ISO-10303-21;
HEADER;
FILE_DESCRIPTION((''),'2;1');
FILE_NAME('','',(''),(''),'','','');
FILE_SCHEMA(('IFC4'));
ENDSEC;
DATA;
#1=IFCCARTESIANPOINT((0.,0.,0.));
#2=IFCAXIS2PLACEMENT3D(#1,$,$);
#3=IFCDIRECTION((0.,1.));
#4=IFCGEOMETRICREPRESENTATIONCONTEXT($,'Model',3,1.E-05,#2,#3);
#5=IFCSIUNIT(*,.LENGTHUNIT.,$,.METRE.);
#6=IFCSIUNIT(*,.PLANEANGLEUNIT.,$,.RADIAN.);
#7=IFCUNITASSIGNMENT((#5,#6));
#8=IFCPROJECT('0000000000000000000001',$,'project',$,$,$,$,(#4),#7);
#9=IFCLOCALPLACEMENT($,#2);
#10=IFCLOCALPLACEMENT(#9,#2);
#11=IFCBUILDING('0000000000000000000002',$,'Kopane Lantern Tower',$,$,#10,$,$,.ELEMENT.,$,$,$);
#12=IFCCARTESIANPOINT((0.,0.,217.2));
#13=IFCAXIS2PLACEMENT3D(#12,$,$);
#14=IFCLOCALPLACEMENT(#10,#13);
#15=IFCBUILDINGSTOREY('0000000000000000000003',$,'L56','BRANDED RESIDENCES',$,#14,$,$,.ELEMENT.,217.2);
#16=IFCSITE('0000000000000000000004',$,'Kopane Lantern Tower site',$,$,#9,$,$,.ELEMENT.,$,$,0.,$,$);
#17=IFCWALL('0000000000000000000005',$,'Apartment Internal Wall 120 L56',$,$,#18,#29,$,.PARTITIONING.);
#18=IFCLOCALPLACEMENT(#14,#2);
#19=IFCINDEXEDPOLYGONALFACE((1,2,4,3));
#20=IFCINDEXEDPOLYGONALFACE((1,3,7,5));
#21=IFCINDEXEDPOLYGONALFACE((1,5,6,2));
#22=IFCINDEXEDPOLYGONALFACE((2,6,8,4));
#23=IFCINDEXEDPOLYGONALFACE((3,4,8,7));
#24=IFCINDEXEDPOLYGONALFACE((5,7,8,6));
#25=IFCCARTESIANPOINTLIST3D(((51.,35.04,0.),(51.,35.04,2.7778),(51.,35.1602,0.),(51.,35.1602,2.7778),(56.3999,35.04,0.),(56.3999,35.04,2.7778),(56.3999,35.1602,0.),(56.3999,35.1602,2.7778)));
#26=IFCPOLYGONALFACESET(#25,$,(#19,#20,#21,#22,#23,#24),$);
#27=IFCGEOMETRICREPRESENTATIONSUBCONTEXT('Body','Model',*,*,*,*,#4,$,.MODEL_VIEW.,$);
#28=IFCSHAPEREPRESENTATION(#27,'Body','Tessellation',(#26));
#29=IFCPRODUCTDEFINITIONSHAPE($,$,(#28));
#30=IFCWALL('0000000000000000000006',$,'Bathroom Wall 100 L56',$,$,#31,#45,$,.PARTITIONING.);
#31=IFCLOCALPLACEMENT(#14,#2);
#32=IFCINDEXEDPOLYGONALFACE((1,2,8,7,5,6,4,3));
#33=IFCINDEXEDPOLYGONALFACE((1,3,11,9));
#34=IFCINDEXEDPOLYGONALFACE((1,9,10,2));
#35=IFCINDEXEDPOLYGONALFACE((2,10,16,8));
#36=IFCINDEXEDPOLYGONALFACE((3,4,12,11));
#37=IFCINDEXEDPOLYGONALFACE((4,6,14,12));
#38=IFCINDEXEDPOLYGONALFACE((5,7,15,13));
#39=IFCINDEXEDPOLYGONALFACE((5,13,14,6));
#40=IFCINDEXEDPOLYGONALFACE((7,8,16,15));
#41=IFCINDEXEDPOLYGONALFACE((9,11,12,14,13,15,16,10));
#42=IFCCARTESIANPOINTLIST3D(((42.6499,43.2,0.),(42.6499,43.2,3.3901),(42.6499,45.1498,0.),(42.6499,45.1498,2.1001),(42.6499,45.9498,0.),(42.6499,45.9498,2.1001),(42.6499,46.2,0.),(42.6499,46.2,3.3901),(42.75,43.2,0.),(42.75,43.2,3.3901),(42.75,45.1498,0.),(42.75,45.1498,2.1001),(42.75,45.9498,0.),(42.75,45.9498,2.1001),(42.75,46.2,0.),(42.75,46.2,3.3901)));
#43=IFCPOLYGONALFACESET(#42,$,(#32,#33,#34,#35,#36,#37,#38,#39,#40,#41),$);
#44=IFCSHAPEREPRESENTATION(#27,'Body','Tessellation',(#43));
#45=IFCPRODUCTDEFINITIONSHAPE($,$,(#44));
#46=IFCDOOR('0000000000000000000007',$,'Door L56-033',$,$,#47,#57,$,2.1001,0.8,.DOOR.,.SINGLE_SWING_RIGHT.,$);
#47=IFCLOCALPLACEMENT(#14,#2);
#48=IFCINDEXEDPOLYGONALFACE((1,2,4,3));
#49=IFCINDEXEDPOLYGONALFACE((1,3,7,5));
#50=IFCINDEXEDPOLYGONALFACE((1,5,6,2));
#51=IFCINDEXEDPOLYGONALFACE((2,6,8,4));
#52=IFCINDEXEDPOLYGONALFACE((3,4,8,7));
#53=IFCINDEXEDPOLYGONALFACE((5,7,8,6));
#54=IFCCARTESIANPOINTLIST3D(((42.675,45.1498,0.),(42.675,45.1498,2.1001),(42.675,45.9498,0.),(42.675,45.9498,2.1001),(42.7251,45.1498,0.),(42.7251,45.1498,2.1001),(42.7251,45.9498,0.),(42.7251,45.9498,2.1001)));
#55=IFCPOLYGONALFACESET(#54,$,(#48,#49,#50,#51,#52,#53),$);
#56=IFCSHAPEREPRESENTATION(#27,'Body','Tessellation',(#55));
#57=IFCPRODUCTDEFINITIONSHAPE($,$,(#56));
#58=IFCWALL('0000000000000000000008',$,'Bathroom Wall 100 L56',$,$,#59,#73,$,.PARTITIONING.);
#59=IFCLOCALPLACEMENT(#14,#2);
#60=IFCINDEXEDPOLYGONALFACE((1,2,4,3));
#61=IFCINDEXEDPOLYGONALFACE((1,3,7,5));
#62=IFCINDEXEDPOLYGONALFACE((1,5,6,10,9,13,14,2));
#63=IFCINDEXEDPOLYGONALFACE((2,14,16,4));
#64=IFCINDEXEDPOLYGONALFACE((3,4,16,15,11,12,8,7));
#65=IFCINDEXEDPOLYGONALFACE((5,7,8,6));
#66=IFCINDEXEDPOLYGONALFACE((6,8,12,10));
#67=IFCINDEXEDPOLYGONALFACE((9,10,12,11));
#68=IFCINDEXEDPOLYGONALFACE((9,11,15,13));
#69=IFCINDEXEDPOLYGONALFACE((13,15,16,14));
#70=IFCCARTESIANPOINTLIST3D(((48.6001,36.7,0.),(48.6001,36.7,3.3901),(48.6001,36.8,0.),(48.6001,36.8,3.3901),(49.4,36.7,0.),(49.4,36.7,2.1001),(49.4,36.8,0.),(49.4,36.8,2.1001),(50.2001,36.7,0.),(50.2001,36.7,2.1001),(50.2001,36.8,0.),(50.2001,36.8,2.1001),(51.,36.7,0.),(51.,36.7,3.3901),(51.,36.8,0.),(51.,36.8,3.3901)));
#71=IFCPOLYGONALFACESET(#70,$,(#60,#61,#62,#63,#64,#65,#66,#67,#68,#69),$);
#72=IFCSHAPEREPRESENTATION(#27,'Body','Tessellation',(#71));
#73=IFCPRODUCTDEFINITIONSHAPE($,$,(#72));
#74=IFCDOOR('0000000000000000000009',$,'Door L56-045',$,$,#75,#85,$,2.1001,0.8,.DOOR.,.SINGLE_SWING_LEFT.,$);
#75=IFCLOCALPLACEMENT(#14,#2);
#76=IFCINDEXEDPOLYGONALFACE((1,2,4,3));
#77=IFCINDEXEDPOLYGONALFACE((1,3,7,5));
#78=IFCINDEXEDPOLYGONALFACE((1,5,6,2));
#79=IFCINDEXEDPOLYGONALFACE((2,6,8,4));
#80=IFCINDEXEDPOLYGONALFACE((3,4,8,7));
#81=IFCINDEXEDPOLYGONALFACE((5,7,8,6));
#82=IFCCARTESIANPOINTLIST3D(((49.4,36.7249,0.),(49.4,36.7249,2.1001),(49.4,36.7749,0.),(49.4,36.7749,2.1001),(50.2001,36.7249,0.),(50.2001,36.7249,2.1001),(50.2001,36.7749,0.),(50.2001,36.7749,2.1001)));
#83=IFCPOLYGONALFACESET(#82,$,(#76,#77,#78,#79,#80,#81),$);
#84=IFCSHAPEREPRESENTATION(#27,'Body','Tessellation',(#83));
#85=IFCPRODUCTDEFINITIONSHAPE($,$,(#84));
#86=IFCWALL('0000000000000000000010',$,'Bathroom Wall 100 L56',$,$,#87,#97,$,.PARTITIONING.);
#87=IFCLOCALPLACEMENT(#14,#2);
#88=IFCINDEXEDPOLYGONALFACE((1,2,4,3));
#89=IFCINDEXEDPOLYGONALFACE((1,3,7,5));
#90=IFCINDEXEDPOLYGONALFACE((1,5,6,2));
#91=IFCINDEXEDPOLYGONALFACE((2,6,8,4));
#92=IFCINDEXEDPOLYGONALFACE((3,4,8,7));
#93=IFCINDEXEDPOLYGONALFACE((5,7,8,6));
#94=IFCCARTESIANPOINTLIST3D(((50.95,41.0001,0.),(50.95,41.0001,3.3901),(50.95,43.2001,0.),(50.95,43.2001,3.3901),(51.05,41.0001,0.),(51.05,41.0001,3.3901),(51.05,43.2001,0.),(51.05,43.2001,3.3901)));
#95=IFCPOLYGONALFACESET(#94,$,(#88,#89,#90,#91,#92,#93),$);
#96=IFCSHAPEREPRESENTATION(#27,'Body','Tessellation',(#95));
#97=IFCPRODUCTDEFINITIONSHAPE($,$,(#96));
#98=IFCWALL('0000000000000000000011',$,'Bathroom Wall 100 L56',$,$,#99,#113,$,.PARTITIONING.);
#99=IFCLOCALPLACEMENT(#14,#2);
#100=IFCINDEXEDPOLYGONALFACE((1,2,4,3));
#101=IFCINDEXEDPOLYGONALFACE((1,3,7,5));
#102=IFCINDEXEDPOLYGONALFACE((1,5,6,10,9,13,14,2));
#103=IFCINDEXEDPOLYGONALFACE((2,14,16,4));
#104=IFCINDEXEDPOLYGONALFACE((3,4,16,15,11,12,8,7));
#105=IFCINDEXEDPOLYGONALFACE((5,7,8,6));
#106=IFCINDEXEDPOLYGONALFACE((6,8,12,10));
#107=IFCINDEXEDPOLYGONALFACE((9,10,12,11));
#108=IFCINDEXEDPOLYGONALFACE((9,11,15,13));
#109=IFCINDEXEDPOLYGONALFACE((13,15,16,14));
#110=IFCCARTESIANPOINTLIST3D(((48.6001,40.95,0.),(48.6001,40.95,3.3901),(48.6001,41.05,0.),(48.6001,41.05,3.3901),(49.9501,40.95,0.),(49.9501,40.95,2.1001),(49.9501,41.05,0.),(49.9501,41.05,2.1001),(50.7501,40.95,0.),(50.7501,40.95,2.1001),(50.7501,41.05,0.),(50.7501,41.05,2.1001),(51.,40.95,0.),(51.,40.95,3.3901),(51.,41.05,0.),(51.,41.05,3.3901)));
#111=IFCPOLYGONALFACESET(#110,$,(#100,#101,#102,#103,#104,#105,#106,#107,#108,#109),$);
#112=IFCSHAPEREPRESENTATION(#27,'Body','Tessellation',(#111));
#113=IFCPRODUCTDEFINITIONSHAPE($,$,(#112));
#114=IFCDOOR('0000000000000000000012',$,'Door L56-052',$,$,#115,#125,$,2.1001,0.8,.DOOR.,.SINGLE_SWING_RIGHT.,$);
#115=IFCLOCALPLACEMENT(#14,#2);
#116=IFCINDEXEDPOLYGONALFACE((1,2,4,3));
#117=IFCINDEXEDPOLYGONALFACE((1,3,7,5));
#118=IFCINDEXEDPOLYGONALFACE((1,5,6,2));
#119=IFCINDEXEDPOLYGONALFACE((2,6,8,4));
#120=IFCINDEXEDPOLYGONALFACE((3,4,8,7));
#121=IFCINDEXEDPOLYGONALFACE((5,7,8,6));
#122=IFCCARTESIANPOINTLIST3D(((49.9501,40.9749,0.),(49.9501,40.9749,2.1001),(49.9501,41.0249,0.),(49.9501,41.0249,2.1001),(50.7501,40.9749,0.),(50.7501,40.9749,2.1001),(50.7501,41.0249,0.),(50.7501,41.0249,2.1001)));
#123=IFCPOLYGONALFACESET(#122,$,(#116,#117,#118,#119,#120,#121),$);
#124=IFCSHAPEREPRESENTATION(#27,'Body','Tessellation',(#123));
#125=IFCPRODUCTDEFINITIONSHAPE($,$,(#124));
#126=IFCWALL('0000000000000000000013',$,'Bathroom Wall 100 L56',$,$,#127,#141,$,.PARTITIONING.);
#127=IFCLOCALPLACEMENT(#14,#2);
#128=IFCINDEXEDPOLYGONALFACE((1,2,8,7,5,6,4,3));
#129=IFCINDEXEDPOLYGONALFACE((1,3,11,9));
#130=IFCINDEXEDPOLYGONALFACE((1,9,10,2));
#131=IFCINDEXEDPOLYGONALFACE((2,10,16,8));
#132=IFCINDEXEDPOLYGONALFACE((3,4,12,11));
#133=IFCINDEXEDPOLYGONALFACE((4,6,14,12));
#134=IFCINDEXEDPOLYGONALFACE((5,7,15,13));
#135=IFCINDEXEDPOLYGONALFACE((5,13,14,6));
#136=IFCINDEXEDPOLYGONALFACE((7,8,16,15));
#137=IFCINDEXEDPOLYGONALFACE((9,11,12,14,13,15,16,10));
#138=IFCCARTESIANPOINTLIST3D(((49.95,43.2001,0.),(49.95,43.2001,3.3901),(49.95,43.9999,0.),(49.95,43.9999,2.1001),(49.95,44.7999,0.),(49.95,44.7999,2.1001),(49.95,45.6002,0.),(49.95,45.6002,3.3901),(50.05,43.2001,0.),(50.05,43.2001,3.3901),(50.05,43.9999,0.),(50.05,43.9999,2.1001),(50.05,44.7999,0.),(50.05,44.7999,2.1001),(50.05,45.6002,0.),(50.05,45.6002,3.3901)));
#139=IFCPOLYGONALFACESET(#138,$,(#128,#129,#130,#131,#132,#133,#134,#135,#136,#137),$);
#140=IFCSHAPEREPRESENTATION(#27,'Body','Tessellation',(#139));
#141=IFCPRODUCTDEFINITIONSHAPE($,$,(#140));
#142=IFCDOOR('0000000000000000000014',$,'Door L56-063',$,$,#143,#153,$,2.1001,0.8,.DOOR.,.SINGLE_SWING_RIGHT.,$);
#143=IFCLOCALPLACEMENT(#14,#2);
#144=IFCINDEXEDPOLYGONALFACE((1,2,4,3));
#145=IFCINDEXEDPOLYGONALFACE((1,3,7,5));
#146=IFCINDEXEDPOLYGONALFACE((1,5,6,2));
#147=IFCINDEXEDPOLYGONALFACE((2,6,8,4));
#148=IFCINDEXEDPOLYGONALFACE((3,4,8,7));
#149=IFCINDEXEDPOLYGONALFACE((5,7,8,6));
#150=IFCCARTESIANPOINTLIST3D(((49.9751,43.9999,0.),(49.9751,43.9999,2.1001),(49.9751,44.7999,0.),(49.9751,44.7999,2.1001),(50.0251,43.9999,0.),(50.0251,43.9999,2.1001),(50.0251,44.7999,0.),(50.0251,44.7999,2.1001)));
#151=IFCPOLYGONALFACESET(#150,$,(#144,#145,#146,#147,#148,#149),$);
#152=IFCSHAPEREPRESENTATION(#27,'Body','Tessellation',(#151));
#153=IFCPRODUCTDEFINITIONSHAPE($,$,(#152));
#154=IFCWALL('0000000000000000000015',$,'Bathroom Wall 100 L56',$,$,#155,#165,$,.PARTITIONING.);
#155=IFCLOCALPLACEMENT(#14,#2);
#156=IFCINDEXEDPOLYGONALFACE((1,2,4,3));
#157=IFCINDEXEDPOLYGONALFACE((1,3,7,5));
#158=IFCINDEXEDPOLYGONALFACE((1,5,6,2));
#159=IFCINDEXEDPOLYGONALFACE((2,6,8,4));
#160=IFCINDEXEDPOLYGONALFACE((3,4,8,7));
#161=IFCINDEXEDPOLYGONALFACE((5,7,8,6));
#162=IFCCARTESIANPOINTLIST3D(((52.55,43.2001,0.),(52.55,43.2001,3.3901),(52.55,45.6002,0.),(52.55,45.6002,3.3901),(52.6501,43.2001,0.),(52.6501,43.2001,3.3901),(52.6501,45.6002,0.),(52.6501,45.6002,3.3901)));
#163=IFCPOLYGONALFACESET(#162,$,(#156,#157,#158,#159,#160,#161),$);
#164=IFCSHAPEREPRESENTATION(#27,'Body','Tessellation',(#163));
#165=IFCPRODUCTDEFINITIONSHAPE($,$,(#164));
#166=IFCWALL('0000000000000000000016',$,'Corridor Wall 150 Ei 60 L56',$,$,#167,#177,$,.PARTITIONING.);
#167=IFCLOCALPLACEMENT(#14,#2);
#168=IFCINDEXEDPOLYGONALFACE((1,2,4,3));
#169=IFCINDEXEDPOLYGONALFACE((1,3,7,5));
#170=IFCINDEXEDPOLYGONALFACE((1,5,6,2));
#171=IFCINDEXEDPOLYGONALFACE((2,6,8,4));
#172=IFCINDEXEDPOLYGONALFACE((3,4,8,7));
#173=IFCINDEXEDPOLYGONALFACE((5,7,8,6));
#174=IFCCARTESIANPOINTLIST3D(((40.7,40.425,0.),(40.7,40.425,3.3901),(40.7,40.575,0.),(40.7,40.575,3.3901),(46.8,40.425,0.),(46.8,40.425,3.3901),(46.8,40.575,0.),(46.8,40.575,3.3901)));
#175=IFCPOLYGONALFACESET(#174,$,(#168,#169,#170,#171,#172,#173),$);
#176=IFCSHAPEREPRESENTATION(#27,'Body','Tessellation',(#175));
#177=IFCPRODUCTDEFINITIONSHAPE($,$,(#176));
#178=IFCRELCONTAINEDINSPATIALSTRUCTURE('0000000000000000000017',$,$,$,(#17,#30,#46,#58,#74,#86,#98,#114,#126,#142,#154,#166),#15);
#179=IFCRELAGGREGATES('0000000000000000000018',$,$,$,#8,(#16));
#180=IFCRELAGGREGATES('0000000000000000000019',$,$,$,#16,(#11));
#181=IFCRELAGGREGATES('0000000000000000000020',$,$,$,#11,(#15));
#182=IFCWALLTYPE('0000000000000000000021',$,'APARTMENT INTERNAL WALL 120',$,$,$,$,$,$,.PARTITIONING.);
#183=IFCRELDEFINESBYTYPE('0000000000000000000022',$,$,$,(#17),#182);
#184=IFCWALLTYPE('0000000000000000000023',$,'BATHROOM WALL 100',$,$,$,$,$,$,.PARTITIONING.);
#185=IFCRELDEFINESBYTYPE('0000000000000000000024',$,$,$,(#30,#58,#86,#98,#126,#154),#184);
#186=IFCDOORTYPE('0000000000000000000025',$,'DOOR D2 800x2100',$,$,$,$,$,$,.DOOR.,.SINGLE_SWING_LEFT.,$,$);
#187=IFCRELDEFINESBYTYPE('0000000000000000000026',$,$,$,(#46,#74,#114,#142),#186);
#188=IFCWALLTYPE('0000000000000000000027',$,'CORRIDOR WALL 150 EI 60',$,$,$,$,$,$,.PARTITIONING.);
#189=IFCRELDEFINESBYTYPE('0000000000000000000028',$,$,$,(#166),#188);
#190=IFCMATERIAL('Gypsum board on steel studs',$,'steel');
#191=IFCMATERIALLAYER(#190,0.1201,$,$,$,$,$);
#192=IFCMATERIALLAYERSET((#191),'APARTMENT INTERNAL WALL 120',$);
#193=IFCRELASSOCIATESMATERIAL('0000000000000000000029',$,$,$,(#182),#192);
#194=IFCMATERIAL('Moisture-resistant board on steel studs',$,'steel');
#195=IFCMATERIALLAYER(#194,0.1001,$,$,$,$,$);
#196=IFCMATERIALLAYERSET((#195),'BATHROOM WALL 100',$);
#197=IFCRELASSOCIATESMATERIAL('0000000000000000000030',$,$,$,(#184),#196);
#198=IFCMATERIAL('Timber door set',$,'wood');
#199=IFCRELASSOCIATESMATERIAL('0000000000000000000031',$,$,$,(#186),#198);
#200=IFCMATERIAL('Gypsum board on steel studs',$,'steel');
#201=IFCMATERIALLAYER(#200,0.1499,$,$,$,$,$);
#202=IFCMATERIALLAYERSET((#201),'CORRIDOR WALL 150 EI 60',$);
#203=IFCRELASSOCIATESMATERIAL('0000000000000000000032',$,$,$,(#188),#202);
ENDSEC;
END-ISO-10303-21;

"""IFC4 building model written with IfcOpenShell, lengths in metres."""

from ifc_helpers import new_model, si_unit, direction, frame, frame_2d, origin, place, context, subcontext, project, spatial, rectangle, extrude, material, layer, layer_set, type_object, element, fill, save


model = new_model("IFC4")

# Units and contexts
model_context = context("Model", 3, precision=1e-05, world=origin(), true_north=direction((0.0, 1.0)))
body_context = subcontext(model_context, "Body", "Model", "MODEL_VIEW")
ifc_project = project(units=[si_unit("LENGTHUNIT", "METRE"), si_unit("PLANEANGLEUNIT", "RADIAN")], contexts=[model_context])

# Site, building, storey
site_placement = place(None, origin())
site = spatial("IfcSite", under=ifc_project, at=site_placement, Name="Kopane Lantern Tower site", CompositionType="ELEMENT", RefElevation=0.0)
building_placement = place(site_placement, origin())
building = spatial("IfcBuilding", under=site, at=building_placement, Name="Kopane Lantern Tower", CompositionType="ELEMENT")
storey_placement = place(building_placement, frame((0.0, 0.0, 217.2)))
storey = spatial("IfcBuildingStorey", under=building, at=storey_placement, Name="L56", Description="BRANDED RESIDENCES", CompositionType="ELEMENT", Elevation=217.2)

# Wall
ifc_material_1 = material(Name="Gypsum board on steel studs", Category="steel")
ifc_layer_1 = layer(ifc_material_1, 0.1201)
ifc_layer_set_1 = layer_set([ifc_layer_1], Name="APARTMENT INTERNAL WALL 120")
wall_type_1 = type_object("IfcWallType", Name="APARTMENT INTERNAL WALL 120", PredefinedType="PARTITIONING", material=ifc_layer_set_1)
wall_1_placement = place(storey_placement, frame((51.0, 35.1001, 0.0), z_axis=(0.0, 0.0, 1.0), x_axis=(1.0, 0.0, 0.0)))
element("IfcWall", 1, at=wall_1_placement, inside=storey, type_object=wall_type_1, Name="Apartment Internal Wall 120 L56", PredefinedType="PARTITIONING", context=body_context, shape_type="SweptSolid", body=[
    extrude(rectangle(XDim=5.3999, YDim=0.1201, at=frame_2d((2.7, 0.0))), origin(), (0.0, 0.0, 1.0), 2.7778),
])

# Walls, openings, doors
ifc_material_2 = material(Name="Moisture-resistant board on steel studs", Category="steel")
ifc_layer_2 = layer(ifc_material_2, 0.1001)
ifc_layer_set_2 = layer_set([ifc_layer_2], Name="BATHROOM WALL 100")
wall_type_2 = type_object("IfcWallType", Name="BATHROOM WALL 100", PredefinedType="PARTITIONING", material=ifc_layer_set_2)
wall_2_placement = place(storey_placement, frame((42.7, 43.2, 0.0), z_axis=(0.0, 0.0, 1.0), x_axis=(0.0, 1.0, 0.0)))
wall_2 = element("IfcWall", 2, at=wall_2_placement, inside=storey, type_object=wall_type_2, Name="Bathroom Wall 100 L56", PredefinedType="PARTITIONING", context=body_context, shape_type="SweptSolid", body=[
    extrude(rectangle(XDim=3.0, YDim=0.1001, at=frame_2d((1.5, 0.0))), origin(), (0.0, 0.0, 1.0), 3.3901),
])
opening_1_placement = place(wall_2_placement, frame((1.95, 0.0, 0.0)))
opening_1 = element("IfcOpeningElement", 3, at=opening_1_placement, cuts=wall_2, PredefinedType="OPENING", context=body_context, shape_type="SweptSolid", body=[
    extrude(rectangle(XDim=0.8, YDim=2.1001, at=frame_2d((0.3999, 1.05))), frame((0.0, 0.0601, 0.0), z_axis=(0.0, -1.0, 0.0), x_axis=(1.0, 0.0, 0.0)), (0.0, 0.0, 1.0), 0.1201),
])
ifc_material_3 = material(Name="Timber door set", Category="wood")
door_type = type_object("IfcDoorType", Name="DOOR D2 800x2100", OperationType="SINGLE_SWING_LEFT", PredefinedType="DOOR", material=ifc_material_3)
door_1_placement = place(opening_1_placement, origin())
door_1 = element("IfcDoor", 4, at=door_1_placement, inside=storey, type_object=door_type, Name="Door L56-033", OperationType="SINGLE_SWING_RIGHT", OverallHeight=2.1001, OverallWidth=0.8, PredefinedType="DOOR", context=body_context, shape_type="SweptSolid", body=[
    extrude(rectangle(XDim=0.8, YDim=2.1001, at=frame_2d((0.3999, 1.05))), frame((0.0, 0.0249, 0.0), z_axis=(0.0, -1.0, 0.0), x_axis=(1.0, 0.0, 0.0)), (0.0, 0.0, 1.0), 0.05),
])
fill(opening_1, door_1)
wall_3_placement = place(storey_placement, frame((48.6001, 36.75, 0.0), z_axis=(0.0, 0.0, 1.0), x_axis=(1.0, 0.0, 0.0)))
wall_3 = element("IfcWall", 5, at=wall_3_placement, inside=storey, type_object=wall_type_2, Name="Bathroom Wall 100 L56", PredefinedType="PARTITIONING", context=body_context, shape_type="SweptSolid", body=[
    extrude(rectangle(XDim=2.3999, YDim=0.1001, at=frame_2d((1.2, 0.0))), origin(), (0.0, 0.0, 1.0), 3.3901),
])
opening_2_placement = place(wall_3_placement, frame((0.8, 0.0, 0.0)))
opening_2 = element("IfcOpeningElement", 6, at=opening_2_placement, cuts=wall_3, PredefinedType="OPENING", context=body_context, shape_type="SweptSolid", body=[
    extrude(rectangle(XDim=0.8, YDim=2.1001, at=frame_2d((0.3999, 1.05))), frame((0.0, 0.0601, 0.0), z_axis=(0.0, -1.0, 0.0), x_axis=(1.0, 0.0, 0.0)), (0.0, 0.0, 1.0), 0.1201),
])
door_2_placement = place(opening_2_placement, origin())
door_2 = element("IfcDoor", 7, at=door_2_placement, inside=storey, type_object=door_type, Name="Door L56-045", OperationType="SINGLE_SWING_LEFT", OverallHeight=2.1001, OverallWidth=0.8, PredefinedType="DOOR", context=body_context, shape_type="SweptSolid", body=[
    extrude(rectangle(XDim=0.8, YDim=2.1001, at=frame_2d((0.3999, 1.05))), frame((0.0, 0.0249, 0.0), z_axis=(0.0, -1.0, 0.0), x_axis=(1.0, 0.0, 0.0)), (0.0, 0.0, 1.0), 0.05),
])
fill(opening_2, door_2)

# Wall
wall_4_placement = place(storey_placement, frame((51.0, 41.0, 0.0), z_axis=(0.0, 0.0, 1.0), x_axis=(0.0, 1.0, 0.0)))
element("IfcWall", 8, at=wall_4_placement, inside=storey, type_object=wall_type_2, Name="Bathroom Wall 100 L56", PredefinedType="PARTITIONING", context=body_context, shape_type="SweptSolid", body=[
    extrude(rectangle(XDim=2.2, YDim=0.1001, at=frame_2d((1.1001, 0.0))), origin(), (0.0, 0.0, 1.0), 3.3901),
])

# Walls, openings, doors
wall_5_placement = place(storey_placement, frame((48.6001, 41.0, 0.0), z_axis=(0.0, 0.0, 1.0), x_axis=(1.0, 0.0, 0.0)))
wall_5 = element("IfcWall", 9, at=wall_5_placement, inside=storey, type_object=wall_type_2, Name="Bathroom Wall 100 L56", PredefinedType="PARTITIONING", context=body_context, shape_type="SweptSolid", body=[
    extrude(rectangle(XDim=2.3999, YDim=0.1001, at=frame_2d((1.2, 0.0))), origin(), (0.0, 0.0, 1.0), 3.3901),
])
opening_3_placement = place(wall_5_placement, frame((1.3501, 0.0, 0.0)))
opening_3 = element("IfcOpeningElement", 10, at=opening_3_placement, cuts=wall_5, PredefinedType="OPENING", context=body_context, shape_type="SweptSolid", body=[
    extrude(rectangle(XDim=0.8, YDim=2.1001, at=frame_2d((0.3999, 1.05))), frame((0.0, 0.0601, 0.0), z_axis=(0.0, -1.0, 0.0), x_axis=(1.0, 0.0, 0.0)), (0.0, 0.0, 1.0), 0.1201),
])
door_3_placement = place(opening_3_placement, origin())
door_3 = element("IfcDoor", 11, at=door_3_placement, inside=storey, type_object=door_type, Name="Door L56-052", OperationType="SINGLE_SWING_RIGHT", OverallHeight=2.1001, OverallWidth=0.8, PredefinedType="DOOR", context=body_context, shape_type="SweptSolid", body=[
    extrude(rectangle(XDim=0.8, YDim=2.1001, at=frame_2d((0.3999, 1.05))), frame((0.0, 0.0249, 0.0), z_axis=(0.0, -1.0, 0.0), x_axis=(1.0, 0.0, 0.0)), (0.0, 0.0, 1.0), 0.05),
])
fill(opening_3, door_3)
wall_6_placement = place(storey_placement, frame((50.0, 43.2, 0.0), z_axis=(0.0, 0.0, 1.0), x_axis=(0.0, 1.0, 0.0)))
wall_6 = element("IfcWall", 12, at=wall_6_placement, inside=storey, type_object=wall_type_2, Name="Bathroom Wall 100 L56", PredefinedType="PARTITIONING", context=body_context, shape_type="SweptSolid", body=[
    extrude(rectangle(XDim=2.4001, YDim=0.1001, at=frame_2d((1.2002, 0.0))), origin(), (0.0, 0.0, 1.0), 3.3901),
])
opening_4_placement = place(wall_6_placement, frame((0.8, 0.0, 0.0)))
opening_4 = element("IfcOpeningElement", 13, at=opening_4_placement, cuts=wall_6, PredefinedType="OPENING", context=body_context, shape_type="SweptSolid", body=[
    extrude(rectangle(XDim=0.8, YDim=2.1001, at=frame_2d((0.3999, 1.05))), frame((0.0, 0.0601, 0.0), z_axis=(0.0, -1.0, 0.0), x_axis=(1.0, 0.0, 0.0)), (0.0, 0.0, 1.0), 0.1201),
])
door_4_placement = place(opening_4_placement, origin())
door_4 = element("IfcDoor", 14, at=door_4_placement, inside=storey, type_object=door_type, Name="Door L56-063", OperationType="SINGLE_SWING_RIGHT", OverallHeight=2.1001, OverallWidth=0.8, PredefinedType="DOOR", context=body_context, shape_type="SweptSolid", body=[
    extrude(rectangle(XDim=0.8, YDim=2.1001, at=frame_2d((0.3999, 1.05))), frame((0.0, 0.0249, 0.0), z_axis=(0.0, -1.0, 0.0), x_axis=(1.0, 0.0, 0.0)), (0.0, 0.0, 1.0), 0.05),
])
fill(opening_4, door_4)

# Walls
wall_7_placement = place(storey_placement, frame((52.6001, 43.2, 0.0), z_axis=(0.0, 0.0, 1.0), x_axis=(0.0, 1.0, 0.0)))
element("IfcWall", 15, at=wall_7_placement, inside=storey, type_object=wall_type_2, Name="Bathroom Wall 100 L56", PredefinedType="PARTITIONING", context=body_context, shape_type="SweptSolid", body=[
    extrude(rectangle(XDim=2.4001, YDim=0.1001, at=frame_2d((1.2002, 0.0))), origin(), (0.0, 0.0, 1.0), 3.3901),
])
ifc_material_4 = material(Name="Gypsum board on steel studs", Category="steel")
ifc_layer_3 = layer(ifc_material_4, 0.1499)
ifc_layer_set_3 = layer_set([ifc_layer_3], Name="CORRIDOR WALL 150 EI 60")
wall_type_3 = type_object("IfcWallType", Name="CORRIDOR WALL 150 EI 60", PredefinedType="PARTITIONING", material=ifc_layer_set_3)
wall_8_placement = place(storey_placement, frame((46.8, 40.5, 0.0), z_axis=(0.0, 0.0, 1.0), x_axis=(-1.0, 0.0, 0.0)))
element("IfcWall", 16, at=wall_8_placement, inside=storey, type_object=wall_type_3, Name="Corridor Wall 150 Ei 60 L56", PredefinedType="PARTITIONING", context=body_context, shape_type="SweptSolid", body=[
    extrude(rectangle(XDim=6.1001, YDim=0.1499, at=frame_2d((3.05, 0.0))), origin(), (0.0, 0.0, 1.0), 3.3901),
])

save(model, "model.ifc")
